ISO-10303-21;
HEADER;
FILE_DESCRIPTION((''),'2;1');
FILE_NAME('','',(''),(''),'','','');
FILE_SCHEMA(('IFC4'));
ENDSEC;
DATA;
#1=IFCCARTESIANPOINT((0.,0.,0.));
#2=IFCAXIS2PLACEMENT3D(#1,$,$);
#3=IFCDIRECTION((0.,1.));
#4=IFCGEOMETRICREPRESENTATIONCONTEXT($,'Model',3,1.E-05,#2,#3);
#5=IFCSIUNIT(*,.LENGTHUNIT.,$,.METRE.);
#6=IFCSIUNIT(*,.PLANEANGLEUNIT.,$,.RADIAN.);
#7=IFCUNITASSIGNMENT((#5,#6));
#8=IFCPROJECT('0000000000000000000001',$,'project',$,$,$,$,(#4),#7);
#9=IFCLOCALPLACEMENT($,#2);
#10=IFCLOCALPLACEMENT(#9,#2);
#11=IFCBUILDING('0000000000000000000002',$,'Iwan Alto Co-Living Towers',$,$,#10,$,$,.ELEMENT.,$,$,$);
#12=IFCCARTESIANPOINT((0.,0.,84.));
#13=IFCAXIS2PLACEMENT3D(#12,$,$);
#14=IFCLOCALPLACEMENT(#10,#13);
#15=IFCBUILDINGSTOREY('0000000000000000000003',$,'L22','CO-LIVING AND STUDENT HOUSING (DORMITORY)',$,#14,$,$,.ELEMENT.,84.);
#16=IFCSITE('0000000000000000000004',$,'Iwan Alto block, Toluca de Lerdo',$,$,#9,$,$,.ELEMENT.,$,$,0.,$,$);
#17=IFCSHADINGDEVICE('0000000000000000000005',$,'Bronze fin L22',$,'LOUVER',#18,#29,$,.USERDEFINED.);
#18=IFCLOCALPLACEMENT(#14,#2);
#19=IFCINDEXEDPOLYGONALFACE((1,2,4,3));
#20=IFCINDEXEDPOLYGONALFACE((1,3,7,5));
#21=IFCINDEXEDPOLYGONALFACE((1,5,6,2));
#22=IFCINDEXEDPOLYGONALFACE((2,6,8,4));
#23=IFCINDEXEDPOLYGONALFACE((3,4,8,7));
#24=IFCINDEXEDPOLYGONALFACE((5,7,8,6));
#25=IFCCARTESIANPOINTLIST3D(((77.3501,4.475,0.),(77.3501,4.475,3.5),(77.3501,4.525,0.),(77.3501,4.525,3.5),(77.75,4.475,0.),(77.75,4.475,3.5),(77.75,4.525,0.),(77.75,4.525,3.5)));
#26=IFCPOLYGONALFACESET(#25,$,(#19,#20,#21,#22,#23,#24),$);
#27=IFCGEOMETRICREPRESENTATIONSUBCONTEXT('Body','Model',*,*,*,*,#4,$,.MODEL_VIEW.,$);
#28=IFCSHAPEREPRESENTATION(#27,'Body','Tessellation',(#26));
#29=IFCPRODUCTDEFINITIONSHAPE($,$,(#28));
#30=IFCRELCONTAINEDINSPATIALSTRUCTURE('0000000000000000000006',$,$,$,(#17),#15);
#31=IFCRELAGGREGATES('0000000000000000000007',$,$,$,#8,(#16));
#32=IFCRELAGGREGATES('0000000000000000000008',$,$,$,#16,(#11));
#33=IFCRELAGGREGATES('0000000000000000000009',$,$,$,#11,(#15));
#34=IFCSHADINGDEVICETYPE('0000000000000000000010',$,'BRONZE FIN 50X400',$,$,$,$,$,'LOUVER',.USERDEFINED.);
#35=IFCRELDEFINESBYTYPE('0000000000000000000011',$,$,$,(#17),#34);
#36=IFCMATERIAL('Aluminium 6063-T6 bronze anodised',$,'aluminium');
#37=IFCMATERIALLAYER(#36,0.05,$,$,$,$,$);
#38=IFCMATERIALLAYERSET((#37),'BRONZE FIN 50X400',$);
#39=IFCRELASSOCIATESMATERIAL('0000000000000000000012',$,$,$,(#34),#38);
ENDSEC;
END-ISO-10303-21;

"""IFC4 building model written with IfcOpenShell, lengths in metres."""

from ifc_helpers import new_model, si_unit, direction, frame, origin, origin_2d, place, context, subcontext, project, spatial, rectangle, extrude, material, layer, layer_set, type_object, element, save


model = new_model("IFC4")

# Units and contexts
model_context = context("Model", 3, precision=1e-05, world=origin(), true_north=direction((0.0, 1.0)))
body_context = subcontext(model_context, "Body", "Model", "MODEL_VIEW")
ifc_project = project(units=[si_unit("LENGTHUNIT", "METRE"), si_unit("PLANEANGLEUNIT", "RADIAN")], contexts=[model_context])

# Site, building, storey
site_placement = place(None, origin())
site = spatial("IfcSite", under=ifc_project, at=site_placement, Name="Iwan Alto block, Toluca de Lerdo", CompositionType="ELEMENT", RefElevation=0.0)
building_placement = place(site_placement, origin())
building = spatial("IfcBuilding", under=site, at=building_placement, Name="Iwan Alto Co-Living Towers", CompositionType="ELEMENT")
storey_placement = place(building_placement, frame((0.0, 0.0, 84.0)))
storey = spatial("IfcBuildingStorey", under=building, at=storey_placement, Name="L22", Description="CO-LIVING AND STUDENT HOUSING (DORMITORY)", CompositionType="ELEMENT", Elevation=84.0)

# Shading device
ifc_material_1 = material(Name="Aluminium 6063-T6 bronze anodised", Category="aluminium")
ifc_layer_1 = layer(ifc_material_1, 0.05)
ifc_layer_set_1 = layer_set([ifc_layer_1], Name="BRONZE FIN 50X400")
shading_device_type = type_object("IfcShadingDeviceType", Name="BRONZE FIN 50X400", ElementType="LOUVER", PredefinedType="USERDEFINED", material=ifc_layer_set_1)
shading_device_placement = place(storey_placement, frame((77.55, 4.5, 0.0), z_axis=(0.0, 0.0, 1.0), x_axis=(0.0, 1.0, 0.0)))
element("IfcShadingDevice", 1, at=shading_device_placement, inside=storey, type_object=shading_device_type, Name="Bronze fin L22", ObjectType="LOUVER", PredefinedType="USERDEFINED", context=body_context, shape_type="SweptSolid", body=[
    extrude(rectangle(XDim=0.05, YDim=0.3999, at=origin_2d()), origin(), (0.0, 0.0, 1.0), 3.5),
])

save(model, "model.ifc")
